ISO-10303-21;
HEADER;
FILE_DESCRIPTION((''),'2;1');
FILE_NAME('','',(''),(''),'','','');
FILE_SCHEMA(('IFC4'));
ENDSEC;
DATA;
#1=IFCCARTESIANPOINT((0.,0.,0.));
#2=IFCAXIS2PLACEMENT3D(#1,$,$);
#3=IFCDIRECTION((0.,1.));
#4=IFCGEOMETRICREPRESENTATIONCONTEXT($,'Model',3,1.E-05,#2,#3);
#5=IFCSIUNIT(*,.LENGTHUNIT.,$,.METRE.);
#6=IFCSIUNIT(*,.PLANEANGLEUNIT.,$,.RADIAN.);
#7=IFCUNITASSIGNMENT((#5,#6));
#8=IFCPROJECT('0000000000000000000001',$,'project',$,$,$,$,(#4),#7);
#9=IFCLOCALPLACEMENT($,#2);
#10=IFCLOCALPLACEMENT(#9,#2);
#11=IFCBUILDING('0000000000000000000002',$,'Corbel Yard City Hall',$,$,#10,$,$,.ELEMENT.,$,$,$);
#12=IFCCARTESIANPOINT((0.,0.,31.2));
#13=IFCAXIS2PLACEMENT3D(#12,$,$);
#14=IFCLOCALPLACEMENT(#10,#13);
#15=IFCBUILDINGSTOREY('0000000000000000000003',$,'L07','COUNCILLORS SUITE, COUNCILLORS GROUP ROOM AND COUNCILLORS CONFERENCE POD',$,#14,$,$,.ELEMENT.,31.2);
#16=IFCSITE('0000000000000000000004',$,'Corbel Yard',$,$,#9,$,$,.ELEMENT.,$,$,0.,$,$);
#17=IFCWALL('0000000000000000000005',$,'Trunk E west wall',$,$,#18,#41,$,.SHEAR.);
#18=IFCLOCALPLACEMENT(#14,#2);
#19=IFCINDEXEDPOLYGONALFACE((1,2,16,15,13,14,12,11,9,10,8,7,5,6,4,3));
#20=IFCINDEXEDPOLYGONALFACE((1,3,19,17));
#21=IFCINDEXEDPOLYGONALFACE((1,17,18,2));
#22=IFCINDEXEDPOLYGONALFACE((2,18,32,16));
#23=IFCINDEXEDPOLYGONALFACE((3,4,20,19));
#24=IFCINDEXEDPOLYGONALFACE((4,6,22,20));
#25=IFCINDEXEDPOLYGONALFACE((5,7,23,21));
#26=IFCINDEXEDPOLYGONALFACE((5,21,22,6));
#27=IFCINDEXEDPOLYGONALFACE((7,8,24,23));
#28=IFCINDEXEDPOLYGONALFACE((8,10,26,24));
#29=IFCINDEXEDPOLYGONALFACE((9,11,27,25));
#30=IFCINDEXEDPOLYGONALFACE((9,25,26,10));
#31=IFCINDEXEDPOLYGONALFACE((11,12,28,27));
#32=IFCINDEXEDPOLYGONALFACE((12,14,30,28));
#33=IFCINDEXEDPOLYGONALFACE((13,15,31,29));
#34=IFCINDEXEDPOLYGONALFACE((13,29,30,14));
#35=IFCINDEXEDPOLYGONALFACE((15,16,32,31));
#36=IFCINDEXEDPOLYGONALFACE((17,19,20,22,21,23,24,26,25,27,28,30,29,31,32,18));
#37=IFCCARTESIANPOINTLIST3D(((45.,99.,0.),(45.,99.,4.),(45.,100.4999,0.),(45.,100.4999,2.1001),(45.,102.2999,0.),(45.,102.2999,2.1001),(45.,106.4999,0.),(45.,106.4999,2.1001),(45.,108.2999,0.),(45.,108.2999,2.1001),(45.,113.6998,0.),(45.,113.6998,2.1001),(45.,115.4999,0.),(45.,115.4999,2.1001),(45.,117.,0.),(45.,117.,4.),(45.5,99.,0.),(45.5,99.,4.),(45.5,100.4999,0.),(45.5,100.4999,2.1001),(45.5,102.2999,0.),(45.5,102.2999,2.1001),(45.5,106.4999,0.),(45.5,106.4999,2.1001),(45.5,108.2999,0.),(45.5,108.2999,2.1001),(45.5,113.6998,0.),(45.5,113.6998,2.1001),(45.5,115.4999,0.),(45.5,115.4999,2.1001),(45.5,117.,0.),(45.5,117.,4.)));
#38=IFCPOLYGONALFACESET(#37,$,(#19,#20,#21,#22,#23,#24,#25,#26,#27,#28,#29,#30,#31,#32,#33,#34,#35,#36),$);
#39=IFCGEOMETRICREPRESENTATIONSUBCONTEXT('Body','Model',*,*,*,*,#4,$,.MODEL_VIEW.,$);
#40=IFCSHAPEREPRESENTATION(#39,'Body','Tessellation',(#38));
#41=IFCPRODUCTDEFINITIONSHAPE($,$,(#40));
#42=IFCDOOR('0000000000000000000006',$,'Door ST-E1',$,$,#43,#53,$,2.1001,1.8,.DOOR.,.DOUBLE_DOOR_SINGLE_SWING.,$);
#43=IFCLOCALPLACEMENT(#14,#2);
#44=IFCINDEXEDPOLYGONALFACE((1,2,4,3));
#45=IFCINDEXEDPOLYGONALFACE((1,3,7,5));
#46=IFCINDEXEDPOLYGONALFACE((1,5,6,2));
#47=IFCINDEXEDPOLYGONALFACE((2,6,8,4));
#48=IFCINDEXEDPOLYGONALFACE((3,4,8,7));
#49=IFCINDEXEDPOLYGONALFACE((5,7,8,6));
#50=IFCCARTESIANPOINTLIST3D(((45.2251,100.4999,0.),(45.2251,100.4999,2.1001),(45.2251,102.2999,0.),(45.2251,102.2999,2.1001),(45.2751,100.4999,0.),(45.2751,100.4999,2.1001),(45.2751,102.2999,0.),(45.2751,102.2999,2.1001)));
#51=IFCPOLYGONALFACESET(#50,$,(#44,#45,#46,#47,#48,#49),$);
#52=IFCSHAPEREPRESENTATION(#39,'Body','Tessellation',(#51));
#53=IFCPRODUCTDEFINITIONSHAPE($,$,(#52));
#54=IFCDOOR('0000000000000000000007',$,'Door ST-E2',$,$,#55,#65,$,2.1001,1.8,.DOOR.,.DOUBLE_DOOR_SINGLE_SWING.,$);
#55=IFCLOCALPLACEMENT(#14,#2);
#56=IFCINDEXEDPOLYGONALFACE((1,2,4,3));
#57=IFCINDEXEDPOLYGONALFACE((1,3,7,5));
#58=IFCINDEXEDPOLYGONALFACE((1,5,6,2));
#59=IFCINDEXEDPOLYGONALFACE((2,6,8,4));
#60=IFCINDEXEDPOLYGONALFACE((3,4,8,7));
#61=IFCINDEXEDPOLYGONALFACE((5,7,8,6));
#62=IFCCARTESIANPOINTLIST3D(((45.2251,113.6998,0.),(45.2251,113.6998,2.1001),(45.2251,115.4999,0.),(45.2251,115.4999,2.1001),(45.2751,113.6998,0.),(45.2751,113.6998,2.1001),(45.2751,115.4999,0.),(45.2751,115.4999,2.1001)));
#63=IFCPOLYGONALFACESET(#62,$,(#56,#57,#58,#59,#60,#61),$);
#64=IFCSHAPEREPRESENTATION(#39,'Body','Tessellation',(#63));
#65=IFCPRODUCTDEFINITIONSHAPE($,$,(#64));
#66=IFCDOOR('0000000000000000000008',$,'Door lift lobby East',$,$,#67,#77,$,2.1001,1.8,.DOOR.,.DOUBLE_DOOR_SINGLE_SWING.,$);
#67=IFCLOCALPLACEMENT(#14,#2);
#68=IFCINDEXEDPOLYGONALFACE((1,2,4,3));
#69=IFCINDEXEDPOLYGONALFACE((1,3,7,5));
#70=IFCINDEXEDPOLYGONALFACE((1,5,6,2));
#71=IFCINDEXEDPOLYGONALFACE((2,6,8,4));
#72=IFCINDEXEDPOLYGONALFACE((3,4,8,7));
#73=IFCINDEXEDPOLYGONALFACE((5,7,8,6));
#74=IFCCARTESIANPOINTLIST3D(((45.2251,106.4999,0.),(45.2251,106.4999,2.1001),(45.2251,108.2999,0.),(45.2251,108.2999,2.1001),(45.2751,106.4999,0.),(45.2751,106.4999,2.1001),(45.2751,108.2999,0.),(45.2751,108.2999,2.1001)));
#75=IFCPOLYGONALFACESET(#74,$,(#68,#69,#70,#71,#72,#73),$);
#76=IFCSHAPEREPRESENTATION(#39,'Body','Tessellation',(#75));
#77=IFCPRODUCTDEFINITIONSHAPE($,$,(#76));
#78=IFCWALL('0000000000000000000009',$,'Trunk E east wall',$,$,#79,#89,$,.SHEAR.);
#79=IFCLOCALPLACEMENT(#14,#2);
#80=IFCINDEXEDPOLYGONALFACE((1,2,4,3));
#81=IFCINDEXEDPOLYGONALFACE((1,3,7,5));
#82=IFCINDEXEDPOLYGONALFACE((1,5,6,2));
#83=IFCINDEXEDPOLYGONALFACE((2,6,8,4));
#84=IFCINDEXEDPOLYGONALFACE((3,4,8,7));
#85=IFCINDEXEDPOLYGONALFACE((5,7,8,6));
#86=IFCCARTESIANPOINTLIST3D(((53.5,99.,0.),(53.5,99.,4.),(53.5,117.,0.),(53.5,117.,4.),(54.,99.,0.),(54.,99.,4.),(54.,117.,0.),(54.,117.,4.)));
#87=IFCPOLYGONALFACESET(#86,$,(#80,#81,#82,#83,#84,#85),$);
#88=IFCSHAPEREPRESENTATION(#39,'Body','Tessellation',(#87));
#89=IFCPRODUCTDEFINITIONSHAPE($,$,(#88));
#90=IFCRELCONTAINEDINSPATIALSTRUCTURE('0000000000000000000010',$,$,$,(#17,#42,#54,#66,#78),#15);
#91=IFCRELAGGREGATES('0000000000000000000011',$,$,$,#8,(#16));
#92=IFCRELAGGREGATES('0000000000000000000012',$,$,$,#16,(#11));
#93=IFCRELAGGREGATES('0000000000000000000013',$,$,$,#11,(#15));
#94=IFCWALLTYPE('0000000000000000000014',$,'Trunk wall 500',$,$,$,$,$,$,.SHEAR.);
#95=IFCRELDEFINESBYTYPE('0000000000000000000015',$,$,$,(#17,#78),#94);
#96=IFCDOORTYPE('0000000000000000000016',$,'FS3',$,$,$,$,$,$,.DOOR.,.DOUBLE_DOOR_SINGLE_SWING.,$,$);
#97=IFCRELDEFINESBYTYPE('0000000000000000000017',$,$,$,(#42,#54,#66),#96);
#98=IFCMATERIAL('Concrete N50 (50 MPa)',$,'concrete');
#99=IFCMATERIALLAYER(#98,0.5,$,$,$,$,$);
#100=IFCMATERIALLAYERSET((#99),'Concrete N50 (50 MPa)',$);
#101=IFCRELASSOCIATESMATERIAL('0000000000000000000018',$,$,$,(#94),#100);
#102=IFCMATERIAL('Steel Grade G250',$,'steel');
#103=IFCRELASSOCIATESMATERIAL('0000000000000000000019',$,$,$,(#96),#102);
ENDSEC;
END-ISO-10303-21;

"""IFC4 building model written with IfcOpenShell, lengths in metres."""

from ifc_helpers import new_model, si_unit, direction, frame, frame_2d, origin, place, context, subcontext, project, spatial, rectangle, extrude, material, layer, layer_set, type_object, element, fill, save


model = new_model("IFC4")

# Units and contexts
model_context = context("Model", 3, precision=1e-05, world=origin(), true_north=direction((0.0, 1.0)))
body_context = subcontext(model_context, "Body", "Model", "MODEL_VIEW")
ifc_project = project(units=[si_unit("LENGTHUNIT", "METRE"), si_unit("PLANEANGLEUNIT", "RADIAN")], contexts=[model_context])

# Site, building, storey
site_placement = place(None, origin())
site = spatial("IfcSite", under=ifc_project, at=site_placement, Name="Corbel Yard", CompositionType="ELEMENT", RefElevation=0.0)
building_placement = place(site_placement, origin())
building = spatial("IfcBuilding", under=site, at=building_placement, Name="Corbel Yard City Hall", CompositionType="ELEMENT")
storey_placement = place(building_placement, frame((0.0, 0.0, 31.2)))
storey = spatial("IfcBuildingStorey", under=building, at=storey_placement, Name="L07", Description="COUNCILLORS SUITE, COUNCILLORS GROUP ROOM AND COUNCILLORS CONFERENCE POD", CompositionType="ELEMENT", Elevation=31.2)

# Wall, openings, doors
ifc_material_1 = material(Name="Concrete N50 (50 MPa)", Category="concrete")
ifc_layer_1 = layer(ifc_material_1, 0.5)
ifc_layer_set_1 = layer_set([ifc_layer_1], Name="Concrete N50 (50 MPa)")
wall_type_1 = type_object("IfcWallType", Name="Trunk wall 500", PredefinedType="SHEAR", material=ifc_layer_set_1)
wall_1_placement = place(storey_placement, frame((45.25, 99.0, 0.0), z_axis=(0.0, 0.0, 1.0), x_axis=(0.0, 1.0, 0.0)))
wall_1 = element("IfcWall", 1, at=wall_1_placement, inside=storey, type_object=wall_type_1, Name="Trunk E west wall", PredefinedType="SHEAR", context=body_context, shape_type="SweptSolid", body=[
    extrude(rectangle(XDim=18.0, YDim=0.5, at=frame_2d((9.0, 0.0))), origin(), (0.0, 0.0, 1.0), 4.0),
])
opening_1_placement = place(wall_1_placement, frame((1.5, 0.0, 0.0)))
opening_1 = element("IfcOpeningElement", 2, at=opening_1_placement, cuts=wall_1, PredefinedType="OPENING", context=body_context, shape_type="SweptSolid", body=[
    extrude(rectangle(XDim=1.8, YDim=2.1001, at=frame_2d((0.8999, 1.05))), frame((0.0, 0.26, 0.0), z_axis=(0.0, -1.0, 0.0), x_axis=(1.0, 0.0, 0.0)), (0.0, 0.0, 1.0), 0.52),
])
opening_2_placement = place(wall_1_placement, frame((14.7, 0.0, 0.0)))
opening_2 = element("IfcOpeningElement", 3, at=opening_2_placement, cuts=wall_1, PredefinedType="OPENING", context=body_context, shape_type="SweptSolid", body=[
    extrude(rectangle(XDim=1.8, YDim=2.1001, at=frame_2d((0.8999, 1.05))), frame((0.0, 0.26, 0.0), z_axis=(0.0, -1.0, 0.0), x_axis=(1.0, 0.0, 0.0)), (0.0, 0.0, 1.0), 0.52),
])
opening_3_placement = place(wall_1_placement, frame((7.5, 0.0, 0.0)))
opening_3 = element("IfcOpeningElement", 4, at=opening_3_placement, cuts=wall_1, PredefinedType="OPENING", context=body_context, shape_type="SweptSolid", body=[
    extrude(rectangle(XDim=1.8, YDim=2.1001, at=frame_2d((0.8999, 1.05))), frame((0.0, 0.26, 0.0), z_axis=(0.0, -1.0, 0.0), x_axis=(1.0, 0.0, 0.0)), (0.0, 0.0, 1.0), 0.52),
])
ifc_material_2 = material(Name="Steel Grade G250", Category="steel")
door_type = type_object("IfcDoorType", Name="FS3", OperationType="DOUBLE_DOOR_SINGLE_SWING", PredefinedType="DOOR", material=ifc_material_2)
door_1_placement = place(opening_1_placement, origin())
door_1 = element("IfcDoor", 5, at=door_1_placement, inside=storey, type_object=door_type, Name="Door ST-E1", OperationType="DOUBLE_DOOR_SINGLE_SWING", OverallHeight=2.1001, OverallWidth=1.8, PredefinedType="DOOR", context=body_context, shape_type="SweptSolid", body=[
    extrude(rectangle(XDim=1.8, YDim=2.1001, at=frame_2d((0.8999, 1.05))), frame((0.0, 0.0249, 0.0), z_axis=(0.0, -1.0, 0.0), x_axis=(1.0, 0.0, 0.0)), (0.0, 0.0, 1.0), 0.05),
])
fill(opening_1, door_1)
door_2_placement = place(opening_2_placement, origin())
door_2 = element("IfcDoor", 6, at=door_2_placement, inside=storey, type_object=door_type, Name="Door ST-E2", OperationType="DOUBLE_DOOR_SINGLE_SWING", OverallHeight=2.1001, OverallWidth=1.8, PredefinedType="DOOR", context=body_context, shape_type="SweptSolid", body=[
    extrude(rectangle(XDim=1.8, YDim=2.1001, at=frame_2d((0.8999, 1.05))), frame((0.0, 0.0249, 0.0), z_axis=(0.0, -1.0, 0.0), x_axis=(1.0, 0.0, 0.0)), (0.0, 0.0, 1.0), 0.05),
])
fill(opening_2, door_2)
door_3_placement = place(opening_3_placement, origin())
door_3 = element("IfcDoor", 7, at=door_3_placement, inside=storey, type_object=door_type, Name="Door lift lobby East", OperationType="DOUBLE_DOOR_SINGLE_SWING", OverallHeight=2.1001, OverallWidth=1.8, PredefinedType="DOOR", context=body_context, shape_type="SweptSolid", body=[
    extrude(rectangle(XDim=1.8, YDim=2.1001, at=frame_2d((0.8999, 1.05))), frame((0.0, 0.0249, 0.0), z_axis=(0.0, -1.0, 0.0), x_axis=(1.0, 0.0, 0.0)), (0.0, 0.0, 1.0), 0.05),
])
fill(opening_3, door_3)

# Wall
wall_2_placement = place(storey_placement, frame((53.75, 99.0, 0.0), z_axis=(0.0, 0.0, 1.0), x_axis=(0.0, 1.0, 0.0)))
element("IfcWall", 8, at=wall_2_placement, inside=storey, type_object=wall_type_1, Name="Trunk E east wall", PredefinedType="SHEAR", context=body_context, shape_type="SweptSolid", body=[
    extrude(rectangle(XDim=18.0, YDim=0.5, at=frame_2d((9.0, 0.0))), origin(), (0.0, 0.0, 1.0), 4.0),
])

save(model, "model.ifc")
